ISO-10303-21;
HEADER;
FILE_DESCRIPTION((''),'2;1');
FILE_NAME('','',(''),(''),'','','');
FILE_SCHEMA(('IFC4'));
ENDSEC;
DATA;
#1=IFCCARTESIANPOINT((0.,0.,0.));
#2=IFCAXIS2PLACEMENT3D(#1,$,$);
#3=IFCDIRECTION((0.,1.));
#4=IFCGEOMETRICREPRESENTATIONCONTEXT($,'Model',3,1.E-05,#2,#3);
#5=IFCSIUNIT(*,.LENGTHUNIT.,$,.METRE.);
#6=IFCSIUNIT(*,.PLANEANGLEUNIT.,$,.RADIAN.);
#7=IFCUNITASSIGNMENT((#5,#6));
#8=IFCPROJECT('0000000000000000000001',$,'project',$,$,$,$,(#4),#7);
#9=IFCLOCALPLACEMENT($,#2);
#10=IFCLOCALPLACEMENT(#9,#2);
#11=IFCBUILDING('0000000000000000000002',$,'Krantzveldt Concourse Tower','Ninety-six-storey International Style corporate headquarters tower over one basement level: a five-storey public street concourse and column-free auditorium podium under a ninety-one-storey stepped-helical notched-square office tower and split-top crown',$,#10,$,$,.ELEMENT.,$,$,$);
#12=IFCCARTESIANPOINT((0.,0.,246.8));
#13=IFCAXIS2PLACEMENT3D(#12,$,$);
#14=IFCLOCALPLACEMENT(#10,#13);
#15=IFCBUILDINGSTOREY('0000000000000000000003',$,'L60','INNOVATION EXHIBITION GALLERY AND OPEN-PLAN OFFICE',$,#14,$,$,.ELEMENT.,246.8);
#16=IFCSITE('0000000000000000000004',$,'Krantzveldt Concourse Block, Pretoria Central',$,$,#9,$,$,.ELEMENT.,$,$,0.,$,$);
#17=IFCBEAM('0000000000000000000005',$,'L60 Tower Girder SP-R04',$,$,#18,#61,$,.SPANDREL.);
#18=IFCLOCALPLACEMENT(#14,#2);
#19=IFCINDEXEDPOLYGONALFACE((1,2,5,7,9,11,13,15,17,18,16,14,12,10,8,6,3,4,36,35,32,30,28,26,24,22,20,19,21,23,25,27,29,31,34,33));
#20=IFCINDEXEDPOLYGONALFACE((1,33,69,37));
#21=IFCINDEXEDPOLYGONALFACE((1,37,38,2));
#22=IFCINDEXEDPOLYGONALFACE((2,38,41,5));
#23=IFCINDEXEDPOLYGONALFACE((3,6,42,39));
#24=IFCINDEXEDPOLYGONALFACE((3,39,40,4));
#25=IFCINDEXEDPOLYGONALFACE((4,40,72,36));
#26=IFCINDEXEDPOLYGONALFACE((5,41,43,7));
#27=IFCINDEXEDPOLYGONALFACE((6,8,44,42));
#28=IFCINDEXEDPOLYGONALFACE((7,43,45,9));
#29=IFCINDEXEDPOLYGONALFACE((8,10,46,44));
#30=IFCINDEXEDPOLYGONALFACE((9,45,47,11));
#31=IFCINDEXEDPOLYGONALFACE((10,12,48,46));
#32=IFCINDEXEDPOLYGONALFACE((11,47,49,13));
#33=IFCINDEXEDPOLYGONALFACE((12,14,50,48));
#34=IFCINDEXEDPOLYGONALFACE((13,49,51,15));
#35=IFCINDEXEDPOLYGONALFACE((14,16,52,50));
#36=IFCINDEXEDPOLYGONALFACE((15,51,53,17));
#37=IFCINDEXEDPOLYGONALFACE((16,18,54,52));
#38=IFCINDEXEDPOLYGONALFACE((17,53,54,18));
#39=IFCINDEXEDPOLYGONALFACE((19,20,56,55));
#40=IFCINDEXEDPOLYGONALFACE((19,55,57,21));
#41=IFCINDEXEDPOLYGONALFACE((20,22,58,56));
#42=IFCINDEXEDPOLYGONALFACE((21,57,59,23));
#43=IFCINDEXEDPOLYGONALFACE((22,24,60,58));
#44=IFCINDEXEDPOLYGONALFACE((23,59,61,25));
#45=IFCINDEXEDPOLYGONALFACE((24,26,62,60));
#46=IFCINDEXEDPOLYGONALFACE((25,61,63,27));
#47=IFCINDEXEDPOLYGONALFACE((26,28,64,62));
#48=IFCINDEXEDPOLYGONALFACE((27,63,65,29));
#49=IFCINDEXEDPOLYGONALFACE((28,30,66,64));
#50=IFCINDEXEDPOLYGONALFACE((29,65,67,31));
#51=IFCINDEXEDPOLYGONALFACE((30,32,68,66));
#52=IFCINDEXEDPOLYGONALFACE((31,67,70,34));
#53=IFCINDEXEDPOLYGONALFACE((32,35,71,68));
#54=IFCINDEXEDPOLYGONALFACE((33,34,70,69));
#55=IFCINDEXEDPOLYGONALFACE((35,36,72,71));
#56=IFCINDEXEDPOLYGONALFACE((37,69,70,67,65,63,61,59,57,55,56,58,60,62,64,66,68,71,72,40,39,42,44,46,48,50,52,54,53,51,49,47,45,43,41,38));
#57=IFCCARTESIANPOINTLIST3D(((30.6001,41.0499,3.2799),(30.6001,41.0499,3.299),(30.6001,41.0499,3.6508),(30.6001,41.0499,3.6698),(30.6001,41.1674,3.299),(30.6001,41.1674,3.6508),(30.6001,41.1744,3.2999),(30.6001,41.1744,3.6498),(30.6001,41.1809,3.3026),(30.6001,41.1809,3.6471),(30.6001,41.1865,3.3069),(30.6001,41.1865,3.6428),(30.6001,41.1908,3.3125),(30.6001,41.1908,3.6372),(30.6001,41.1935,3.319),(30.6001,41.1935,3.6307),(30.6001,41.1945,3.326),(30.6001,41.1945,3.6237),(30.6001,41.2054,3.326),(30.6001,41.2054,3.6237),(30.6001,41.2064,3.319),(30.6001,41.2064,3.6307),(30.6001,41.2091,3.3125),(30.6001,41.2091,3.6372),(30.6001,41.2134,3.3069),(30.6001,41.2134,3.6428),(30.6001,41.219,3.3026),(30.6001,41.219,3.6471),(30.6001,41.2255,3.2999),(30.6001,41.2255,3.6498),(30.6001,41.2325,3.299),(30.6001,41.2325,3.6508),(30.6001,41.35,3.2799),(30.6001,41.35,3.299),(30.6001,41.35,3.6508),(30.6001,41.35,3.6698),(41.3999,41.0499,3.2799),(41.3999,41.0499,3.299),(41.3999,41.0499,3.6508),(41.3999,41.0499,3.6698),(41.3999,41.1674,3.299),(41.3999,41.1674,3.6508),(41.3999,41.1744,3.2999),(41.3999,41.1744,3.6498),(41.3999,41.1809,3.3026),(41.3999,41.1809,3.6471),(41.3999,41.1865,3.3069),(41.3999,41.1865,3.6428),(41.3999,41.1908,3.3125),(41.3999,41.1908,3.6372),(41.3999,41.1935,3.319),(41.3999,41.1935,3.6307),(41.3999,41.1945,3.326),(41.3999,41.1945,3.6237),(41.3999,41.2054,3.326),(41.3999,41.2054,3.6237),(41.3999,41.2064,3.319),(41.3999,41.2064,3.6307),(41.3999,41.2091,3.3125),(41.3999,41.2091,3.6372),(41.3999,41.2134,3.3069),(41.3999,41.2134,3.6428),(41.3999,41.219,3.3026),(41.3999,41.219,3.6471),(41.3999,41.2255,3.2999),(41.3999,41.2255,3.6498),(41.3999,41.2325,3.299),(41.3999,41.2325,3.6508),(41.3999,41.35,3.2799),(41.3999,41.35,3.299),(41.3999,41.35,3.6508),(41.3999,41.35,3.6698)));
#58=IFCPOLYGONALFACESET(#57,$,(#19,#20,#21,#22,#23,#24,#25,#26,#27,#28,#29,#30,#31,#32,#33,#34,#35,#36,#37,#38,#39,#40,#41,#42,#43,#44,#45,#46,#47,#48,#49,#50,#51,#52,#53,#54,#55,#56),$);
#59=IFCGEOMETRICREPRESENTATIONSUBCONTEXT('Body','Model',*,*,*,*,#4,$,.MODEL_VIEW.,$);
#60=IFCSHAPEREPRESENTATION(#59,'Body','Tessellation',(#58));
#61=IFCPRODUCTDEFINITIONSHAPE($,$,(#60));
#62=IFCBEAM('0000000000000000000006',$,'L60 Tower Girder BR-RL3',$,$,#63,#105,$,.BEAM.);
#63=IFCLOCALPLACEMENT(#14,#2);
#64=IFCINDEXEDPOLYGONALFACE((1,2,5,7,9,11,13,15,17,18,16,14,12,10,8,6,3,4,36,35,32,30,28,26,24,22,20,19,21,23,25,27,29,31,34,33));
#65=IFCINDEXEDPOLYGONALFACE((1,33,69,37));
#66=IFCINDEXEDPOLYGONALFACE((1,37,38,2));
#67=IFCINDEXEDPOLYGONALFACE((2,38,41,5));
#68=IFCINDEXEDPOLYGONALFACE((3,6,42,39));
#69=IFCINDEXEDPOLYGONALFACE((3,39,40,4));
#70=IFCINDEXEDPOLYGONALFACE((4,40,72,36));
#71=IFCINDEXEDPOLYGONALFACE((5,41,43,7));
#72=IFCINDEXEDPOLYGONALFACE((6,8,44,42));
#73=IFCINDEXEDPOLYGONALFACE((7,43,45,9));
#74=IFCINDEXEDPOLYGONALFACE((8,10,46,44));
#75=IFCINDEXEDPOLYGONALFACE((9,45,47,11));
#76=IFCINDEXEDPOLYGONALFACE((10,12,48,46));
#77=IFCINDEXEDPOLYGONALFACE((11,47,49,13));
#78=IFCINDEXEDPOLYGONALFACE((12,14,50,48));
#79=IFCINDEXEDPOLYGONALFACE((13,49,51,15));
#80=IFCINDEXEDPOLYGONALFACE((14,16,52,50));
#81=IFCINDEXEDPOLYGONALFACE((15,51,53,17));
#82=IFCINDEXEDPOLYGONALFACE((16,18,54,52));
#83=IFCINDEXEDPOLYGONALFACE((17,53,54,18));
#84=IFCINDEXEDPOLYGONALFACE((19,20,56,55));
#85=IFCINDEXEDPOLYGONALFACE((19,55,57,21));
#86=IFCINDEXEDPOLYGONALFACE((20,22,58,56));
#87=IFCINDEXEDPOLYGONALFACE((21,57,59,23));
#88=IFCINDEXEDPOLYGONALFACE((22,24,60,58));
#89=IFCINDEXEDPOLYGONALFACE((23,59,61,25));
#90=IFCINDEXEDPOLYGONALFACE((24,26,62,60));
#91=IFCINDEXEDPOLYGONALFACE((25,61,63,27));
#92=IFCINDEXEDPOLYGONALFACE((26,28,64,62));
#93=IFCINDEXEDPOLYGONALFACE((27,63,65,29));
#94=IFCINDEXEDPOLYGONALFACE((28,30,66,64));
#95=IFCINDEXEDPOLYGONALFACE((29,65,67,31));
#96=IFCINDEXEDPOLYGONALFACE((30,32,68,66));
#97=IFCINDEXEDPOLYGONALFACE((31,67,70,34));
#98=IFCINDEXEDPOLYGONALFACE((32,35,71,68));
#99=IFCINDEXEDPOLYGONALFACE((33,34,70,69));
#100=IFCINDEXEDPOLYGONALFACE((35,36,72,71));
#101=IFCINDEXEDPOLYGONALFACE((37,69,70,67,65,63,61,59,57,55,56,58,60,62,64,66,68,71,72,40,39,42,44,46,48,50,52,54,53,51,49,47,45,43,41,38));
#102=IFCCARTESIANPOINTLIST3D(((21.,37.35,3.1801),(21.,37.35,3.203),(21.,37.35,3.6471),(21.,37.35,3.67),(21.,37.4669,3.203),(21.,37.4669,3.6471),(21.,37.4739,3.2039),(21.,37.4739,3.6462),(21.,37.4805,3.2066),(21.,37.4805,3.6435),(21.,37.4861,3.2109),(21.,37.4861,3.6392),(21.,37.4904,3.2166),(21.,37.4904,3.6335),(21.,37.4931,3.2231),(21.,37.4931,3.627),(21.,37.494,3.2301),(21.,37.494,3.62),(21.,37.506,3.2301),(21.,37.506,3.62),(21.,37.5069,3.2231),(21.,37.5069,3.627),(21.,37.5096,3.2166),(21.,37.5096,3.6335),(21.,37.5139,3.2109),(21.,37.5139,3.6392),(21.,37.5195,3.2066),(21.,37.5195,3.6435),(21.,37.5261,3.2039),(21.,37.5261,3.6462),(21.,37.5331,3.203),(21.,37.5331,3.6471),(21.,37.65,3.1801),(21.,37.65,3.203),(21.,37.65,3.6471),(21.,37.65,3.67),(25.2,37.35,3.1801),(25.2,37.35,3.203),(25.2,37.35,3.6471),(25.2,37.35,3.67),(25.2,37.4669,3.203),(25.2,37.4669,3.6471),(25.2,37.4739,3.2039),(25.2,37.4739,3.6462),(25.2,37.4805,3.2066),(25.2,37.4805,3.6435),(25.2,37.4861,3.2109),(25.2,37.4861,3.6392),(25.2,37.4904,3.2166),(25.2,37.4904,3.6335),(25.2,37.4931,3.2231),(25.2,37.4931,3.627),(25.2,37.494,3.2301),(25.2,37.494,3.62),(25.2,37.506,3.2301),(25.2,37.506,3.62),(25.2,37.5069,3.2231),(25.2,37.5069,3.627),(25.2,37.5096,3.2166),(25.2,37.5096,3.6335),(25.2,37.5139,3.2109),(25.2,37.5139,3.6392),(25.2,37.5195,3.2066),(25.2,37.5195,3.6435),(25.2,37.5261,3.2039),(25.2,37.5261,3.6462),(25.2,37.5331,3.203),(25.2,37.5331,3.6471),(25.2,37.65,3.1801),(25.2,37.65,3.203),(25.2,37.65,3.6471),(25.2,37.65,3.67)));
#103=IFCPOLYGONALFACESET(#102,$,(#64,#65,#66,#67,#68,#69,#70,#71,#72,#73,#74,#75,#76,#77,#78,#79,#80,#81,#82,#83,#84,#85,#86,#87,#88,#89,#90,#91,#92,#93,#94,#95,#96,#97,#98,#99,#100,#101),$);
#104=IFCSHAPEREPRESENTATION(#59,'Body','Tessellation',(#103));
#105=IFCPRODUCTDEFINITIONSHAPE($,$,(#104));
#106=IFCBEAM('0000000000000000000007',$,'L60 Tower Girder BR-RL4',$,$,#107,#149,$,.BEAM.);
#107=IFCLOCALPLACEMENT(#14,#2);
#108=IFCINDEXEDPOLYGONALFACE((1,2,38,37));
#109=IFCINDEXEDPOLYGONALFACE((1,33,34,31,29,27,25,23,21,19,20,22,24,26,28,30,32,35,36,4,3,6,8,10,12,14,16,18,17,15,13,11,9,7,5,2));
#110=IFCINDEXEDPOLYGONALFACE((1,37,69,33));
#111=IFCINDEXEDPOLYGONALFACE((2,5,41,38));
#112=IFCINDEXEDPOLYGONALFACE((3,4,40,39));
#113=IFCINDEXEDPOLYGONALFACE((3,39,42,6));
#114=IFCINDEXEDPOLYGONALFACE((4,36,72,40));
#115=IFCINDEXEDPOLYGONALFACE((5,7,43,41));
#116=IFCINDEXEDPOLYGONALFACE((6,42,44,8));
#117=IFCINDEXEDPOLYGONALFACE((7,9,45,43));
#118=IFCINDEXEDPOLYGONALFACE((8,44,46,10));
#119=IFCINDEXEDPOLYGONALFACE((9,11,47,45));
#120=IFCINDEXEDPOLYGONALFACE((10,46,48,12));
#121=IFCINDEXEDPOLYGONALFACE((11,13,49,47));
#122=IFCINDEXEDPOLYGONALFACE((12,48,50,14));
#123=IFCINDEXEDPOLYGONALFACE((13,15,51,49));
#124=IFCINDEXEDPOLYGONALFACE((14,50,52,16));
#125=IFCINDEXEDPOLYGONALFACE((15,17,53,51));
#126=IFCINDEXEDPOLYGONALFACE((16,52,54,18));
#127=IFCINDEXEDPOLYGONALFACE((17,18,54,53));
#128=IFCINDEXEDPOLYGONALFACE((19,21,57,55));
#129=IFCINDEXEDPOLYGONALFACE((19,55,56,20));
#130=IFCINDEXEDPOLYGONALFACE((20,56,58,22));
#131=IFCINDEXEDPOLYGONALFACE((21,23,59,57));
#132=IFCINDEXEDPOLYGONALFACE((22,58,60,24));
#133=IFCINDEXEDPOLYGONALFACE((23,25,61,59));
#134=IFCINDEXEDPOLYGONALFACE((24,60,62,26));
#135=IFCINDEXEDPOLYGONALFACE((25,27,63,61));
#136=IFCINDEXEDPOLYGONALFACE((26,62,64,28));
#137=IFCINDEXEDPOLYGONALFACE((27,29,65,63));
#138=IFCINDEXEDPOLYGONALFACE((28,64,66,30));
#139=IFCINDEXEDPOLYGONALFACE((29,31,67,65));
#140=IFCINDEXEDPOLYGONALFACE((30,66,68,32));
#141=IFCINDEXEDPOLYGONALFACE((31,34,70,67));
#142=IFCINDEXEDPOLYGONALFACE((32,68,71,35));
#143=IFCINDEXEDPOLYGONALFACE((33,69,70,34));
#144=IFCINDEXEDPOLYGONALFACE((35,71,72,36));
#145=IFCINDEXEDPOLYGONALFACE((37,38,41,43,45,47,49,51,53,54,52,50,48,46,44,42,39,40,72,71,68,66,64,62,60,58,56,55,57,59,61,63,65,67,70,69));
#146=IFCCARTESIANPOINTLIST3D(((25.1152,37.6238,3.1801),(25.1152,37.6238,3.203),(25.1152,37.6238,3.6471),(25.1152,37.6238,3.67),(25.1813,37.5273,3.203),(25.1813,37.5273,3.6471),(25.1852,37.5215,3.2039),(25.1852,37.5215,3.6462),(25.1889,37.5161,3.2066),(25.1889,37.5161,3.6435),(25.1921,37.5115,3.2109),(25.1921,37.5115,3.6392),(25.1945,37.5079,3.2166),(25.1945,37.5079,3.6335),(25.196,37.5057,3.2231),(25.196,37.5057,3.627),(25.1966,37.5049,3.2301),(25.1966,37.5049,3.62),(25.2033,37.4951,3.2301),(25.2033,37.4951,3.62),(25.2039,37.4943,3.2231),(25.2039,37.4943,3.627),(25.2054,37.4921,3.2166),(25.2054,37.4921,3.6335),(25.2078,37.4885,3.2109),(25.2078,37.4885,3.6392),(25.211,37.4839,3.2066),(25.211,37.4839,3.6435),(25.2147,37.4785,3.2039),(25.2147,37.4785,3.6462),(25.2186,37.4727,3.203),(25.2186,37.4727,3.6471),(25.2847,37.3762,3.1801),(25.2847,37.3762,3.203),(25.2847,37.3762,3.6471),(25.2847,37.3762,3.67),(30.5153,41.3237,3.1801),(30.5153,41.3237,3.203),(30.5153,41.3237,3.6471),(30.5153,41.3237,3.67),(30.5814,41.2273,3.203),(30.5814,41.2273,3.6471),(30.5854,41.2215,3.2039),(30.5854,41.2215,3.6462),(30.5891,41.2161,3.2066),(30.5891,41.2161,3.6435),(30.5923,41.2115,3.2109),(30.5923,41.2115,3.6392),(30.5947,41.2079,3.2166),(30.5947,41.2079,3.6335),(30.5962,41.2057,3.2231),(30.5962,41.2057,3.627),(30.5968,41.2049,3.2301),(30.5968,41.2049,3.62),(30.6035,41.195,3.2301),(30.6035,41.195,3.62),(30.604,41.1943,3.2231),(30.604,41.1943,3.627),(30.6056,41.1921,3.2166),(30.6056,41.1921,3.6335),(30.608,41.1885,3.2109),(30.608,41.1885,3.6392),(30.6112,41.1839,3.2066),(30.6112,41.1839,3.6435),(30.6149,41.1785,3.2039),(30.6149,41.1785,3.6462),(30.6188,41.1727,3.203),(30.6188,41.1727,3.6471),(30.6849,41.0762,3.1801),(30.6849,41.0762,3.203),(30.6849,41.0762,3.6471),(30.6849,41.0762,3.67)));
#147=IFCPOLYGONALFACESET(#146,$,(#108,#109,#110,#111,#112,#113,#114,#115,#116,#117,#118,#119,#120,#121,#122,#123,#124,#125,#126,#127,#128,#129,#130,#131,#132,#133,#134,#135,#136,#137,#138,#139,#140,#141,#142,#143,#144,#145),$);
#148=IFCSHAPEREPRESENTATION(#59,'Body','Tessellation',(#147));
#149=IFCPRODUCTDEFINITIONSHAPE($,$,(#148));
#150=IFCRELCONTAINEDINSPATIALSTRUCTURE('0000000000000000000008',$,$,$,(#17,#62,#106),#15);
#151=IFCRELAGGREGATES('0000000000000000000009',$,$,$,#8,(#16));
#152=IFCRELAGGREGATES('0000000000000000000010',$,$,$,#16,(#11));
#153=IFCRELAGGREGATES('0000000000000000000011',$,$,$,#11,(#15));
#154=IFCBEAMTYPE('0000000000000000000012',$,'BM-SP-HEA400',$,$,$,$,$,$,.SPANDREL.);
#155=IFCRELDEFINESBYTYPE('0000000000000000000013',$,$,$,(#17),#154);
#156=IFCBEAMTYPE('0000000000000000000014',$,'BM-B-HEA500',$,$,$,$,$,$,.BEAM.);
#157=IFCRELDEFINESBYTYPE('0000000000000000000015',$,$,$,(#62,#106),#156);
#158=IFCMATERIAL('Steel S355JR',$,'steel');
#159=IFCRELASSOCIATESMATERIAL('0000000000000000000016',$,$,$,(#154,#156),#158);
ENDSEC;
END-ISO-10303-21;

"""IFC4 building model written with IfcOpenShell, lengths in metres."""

from ifc_helpers import new_model, si_unit, direction, frame, origin, origin_2d, place, context, subcontext, project, spatial, i_section, extrude, source, transform, mapped, material, material_profile, profile_set, type_object, type_shapes, element, save


model = new_model("IFC4")

# Units and contexts
model_context = context("Model", 3, precision=1e-05, world=origin(), true_north=direction((0.0, 1.0)))
body_context = subcontext(model_context, "Body", "Model", "MODEL_VIEW")
ifc_project = project(units=[si_unit("LENGTHUNIT", "METRE"), si_unit("PLANEANGLEUNIT", "RADIAN")], contexts=[model_context])

# Site, building, storey
site_placement = place(None, origin())
site = spatial("IfcSite", under=ifc_project, at=site_placement, Name="Krantzveldt Concourse Block, Pretoria Central", CompositionType="ELEMENT", RefElevation=0.0)
building_placement = place(site_placement, origin())
building = spatial("IfcBuilding", under=site, at=building_placement, Name="Krantzveldt Concourse Tower", Description="Ninety-six-storey International Style corporate headquarters tower over one basement level: a five-storey public street concourse and column-free auditorium podium under a ninety-one-storey stepped-helical notched-square office tower and split-top crown", CompositionType="ELEMENT")
storey_placement = place(building_placement, frame((0.0, 0.0, 246.8)))
storey = spatial("IfcBuildingStorey", under=building, at=storey_placement, Name="L60", Description="INNOVATION EXHIBITION GALLERY AND OPEN-PLAN OFFICE", CompositionType="ELEMENT", Elevation=246.8)

# Beams
ifc_material_1 = material(Name="Steel S355JR", Category="steel")
ifc_material_profile_1 = material_profile(ifc_material_1, i_section(OverallWidth=0.3, OverallDepth=0.3899, WebThickness=0.011, FlangeThickness=0.019, FilletRadius=0.0271, at=origin_2d()), Name="Steel S355JR", Category="steel")
ifc_profile_set_1 = profile_set([ifc_material_profile_1], Name="Steel S355JR - HEA 400")
beam_type_1 = type_object("IfcBeamType", Name="BM-SP-HEA400", PredefinedType="SPANDREL", material=ifc_profile_set_1)
shared_shape_1 = source(origin(), body_context, "Body", "SweptSolid", [
    extrude(i_section(OverallWidth=0.3, OverallDepth=0.3899, WebThickness=0.011, FlangeThickness=0.019, FilletRadius=0.0271, at=origin_2d()), origin(), (0.0, 0.0, 1.0), 10.7998),
])
beam_1_placement = place(storey_placement, frame((30.6001, 41.2, 3.4749), z_axis=(1.0, 0.0, 0.0), x_axis=(0.0, 1.0, 0.0)))
element("IfcBeam", 1, at=beam_1_placement, inside=storey, type_object=beam_type_1, Name="L60 Tower Girder SP-R04", PredefinedType="SPANDREL", context=body_context, shape_type="MappedRepresentation", body=[
    mapped(shared_shape_1, transform((0.0, 0.0, 0.0), x_axis=(1.0, 0.0, 0.0), y_axis=(0.0, 1.0, 0.0), z_axis=(0.0, 0.0, 1.0), scale=1.0)),
])
ifc_material_profile_2 = material_profile(ifc_material_1, i_section(OverallWidth=0.3, OverallDepth=0.49, WebThickness=0.012, FlangeThickness=0.0229, FilletRadius=0.0271, at=origin_2d()), Name="Steel S355JR", Category="steel")
ifc_profile_set_2 = profile_set([ifc_material_profile_2], Name="Steel S355JR - HEA 500")
beam_type_2 = type_object("IfcBeamType", Name="BM-B-HEA500", PredefinedType="BEAM", material=ifc_profile_set_2)
shared_shape_2 = source(origin(), body_context, "Body", "SweptSolid", [
    extrude(i_section(OverallWidth=0.3, OverallDepth=0.49, WebThickness=0.012, FlangeThickness=0.0229, FilletRadius=0.0271, at=origin_2d()), origin(), (0.0, 0.0, 1.0), 4.2),
])
beam_2_placement = place(storey_placement, frame((21.0, 37.5, 3.425), z_axis=(1.0, 0.0, 0.0), x_axis=(0.0, 1.0, 0.0)))
element("IfcBeam", 2, at=beam_2_placement, inside=storey, type_object=beam_type_2, Name="L60 Tower Girder BR-RL3", PredefinedType="BEAM", context=body_context, shape_type="MappedRepresentation", body=[
    mapped(shared_shape_2, transform((0.0, 0.0, 0.0), x_axis=(1.0, 0.0, 0.0), y_axis=(0.0, 1.0, 0.0), z_axis=(0.0, 0.0, 1.0), scale=1.0)),
])
shared_shape_3 = source(origin(), body_context, "Body", "SweptSolid", [
    extrude(i_section(OverallWidth=0.3, OverallDepth=0.49, WebThickness=0.012, FlangeThickness=0.0229, FilletRadius=0.0271, at=origin_2d()), origin(), (0.0, 0.0, 1.0), 6.5461),
])
type_shapes(beam_type_2, [shared_shape_2, shared_shape_3])
beam_3_placement = place(storey_placement, frame((25.2, 37.5, 3.425), z_axis=(0.824943, 0.565216, 0.0), x_axis=(-0.565216, 0.824943, 0.0)))
element("IfcBeam", 3, at=beam_3_placement, inside=storey, type_object=beam_type_2, Name="L60 Tower Girder BR-RL4", PredefinedType="BEAM", context=body_context, shape_type="MappedRepresentation", body=[
    mapped(shared_shape_3, transform((0.0, 0.0, 0.0), x_axis=(1.0, 0.0, 0.0), y_axis=(0.0, 1.0, 0.0), z_axis=(0.0, 0.0, 1.0), scale=1.0)),
])

save(model, "model.ifc")
